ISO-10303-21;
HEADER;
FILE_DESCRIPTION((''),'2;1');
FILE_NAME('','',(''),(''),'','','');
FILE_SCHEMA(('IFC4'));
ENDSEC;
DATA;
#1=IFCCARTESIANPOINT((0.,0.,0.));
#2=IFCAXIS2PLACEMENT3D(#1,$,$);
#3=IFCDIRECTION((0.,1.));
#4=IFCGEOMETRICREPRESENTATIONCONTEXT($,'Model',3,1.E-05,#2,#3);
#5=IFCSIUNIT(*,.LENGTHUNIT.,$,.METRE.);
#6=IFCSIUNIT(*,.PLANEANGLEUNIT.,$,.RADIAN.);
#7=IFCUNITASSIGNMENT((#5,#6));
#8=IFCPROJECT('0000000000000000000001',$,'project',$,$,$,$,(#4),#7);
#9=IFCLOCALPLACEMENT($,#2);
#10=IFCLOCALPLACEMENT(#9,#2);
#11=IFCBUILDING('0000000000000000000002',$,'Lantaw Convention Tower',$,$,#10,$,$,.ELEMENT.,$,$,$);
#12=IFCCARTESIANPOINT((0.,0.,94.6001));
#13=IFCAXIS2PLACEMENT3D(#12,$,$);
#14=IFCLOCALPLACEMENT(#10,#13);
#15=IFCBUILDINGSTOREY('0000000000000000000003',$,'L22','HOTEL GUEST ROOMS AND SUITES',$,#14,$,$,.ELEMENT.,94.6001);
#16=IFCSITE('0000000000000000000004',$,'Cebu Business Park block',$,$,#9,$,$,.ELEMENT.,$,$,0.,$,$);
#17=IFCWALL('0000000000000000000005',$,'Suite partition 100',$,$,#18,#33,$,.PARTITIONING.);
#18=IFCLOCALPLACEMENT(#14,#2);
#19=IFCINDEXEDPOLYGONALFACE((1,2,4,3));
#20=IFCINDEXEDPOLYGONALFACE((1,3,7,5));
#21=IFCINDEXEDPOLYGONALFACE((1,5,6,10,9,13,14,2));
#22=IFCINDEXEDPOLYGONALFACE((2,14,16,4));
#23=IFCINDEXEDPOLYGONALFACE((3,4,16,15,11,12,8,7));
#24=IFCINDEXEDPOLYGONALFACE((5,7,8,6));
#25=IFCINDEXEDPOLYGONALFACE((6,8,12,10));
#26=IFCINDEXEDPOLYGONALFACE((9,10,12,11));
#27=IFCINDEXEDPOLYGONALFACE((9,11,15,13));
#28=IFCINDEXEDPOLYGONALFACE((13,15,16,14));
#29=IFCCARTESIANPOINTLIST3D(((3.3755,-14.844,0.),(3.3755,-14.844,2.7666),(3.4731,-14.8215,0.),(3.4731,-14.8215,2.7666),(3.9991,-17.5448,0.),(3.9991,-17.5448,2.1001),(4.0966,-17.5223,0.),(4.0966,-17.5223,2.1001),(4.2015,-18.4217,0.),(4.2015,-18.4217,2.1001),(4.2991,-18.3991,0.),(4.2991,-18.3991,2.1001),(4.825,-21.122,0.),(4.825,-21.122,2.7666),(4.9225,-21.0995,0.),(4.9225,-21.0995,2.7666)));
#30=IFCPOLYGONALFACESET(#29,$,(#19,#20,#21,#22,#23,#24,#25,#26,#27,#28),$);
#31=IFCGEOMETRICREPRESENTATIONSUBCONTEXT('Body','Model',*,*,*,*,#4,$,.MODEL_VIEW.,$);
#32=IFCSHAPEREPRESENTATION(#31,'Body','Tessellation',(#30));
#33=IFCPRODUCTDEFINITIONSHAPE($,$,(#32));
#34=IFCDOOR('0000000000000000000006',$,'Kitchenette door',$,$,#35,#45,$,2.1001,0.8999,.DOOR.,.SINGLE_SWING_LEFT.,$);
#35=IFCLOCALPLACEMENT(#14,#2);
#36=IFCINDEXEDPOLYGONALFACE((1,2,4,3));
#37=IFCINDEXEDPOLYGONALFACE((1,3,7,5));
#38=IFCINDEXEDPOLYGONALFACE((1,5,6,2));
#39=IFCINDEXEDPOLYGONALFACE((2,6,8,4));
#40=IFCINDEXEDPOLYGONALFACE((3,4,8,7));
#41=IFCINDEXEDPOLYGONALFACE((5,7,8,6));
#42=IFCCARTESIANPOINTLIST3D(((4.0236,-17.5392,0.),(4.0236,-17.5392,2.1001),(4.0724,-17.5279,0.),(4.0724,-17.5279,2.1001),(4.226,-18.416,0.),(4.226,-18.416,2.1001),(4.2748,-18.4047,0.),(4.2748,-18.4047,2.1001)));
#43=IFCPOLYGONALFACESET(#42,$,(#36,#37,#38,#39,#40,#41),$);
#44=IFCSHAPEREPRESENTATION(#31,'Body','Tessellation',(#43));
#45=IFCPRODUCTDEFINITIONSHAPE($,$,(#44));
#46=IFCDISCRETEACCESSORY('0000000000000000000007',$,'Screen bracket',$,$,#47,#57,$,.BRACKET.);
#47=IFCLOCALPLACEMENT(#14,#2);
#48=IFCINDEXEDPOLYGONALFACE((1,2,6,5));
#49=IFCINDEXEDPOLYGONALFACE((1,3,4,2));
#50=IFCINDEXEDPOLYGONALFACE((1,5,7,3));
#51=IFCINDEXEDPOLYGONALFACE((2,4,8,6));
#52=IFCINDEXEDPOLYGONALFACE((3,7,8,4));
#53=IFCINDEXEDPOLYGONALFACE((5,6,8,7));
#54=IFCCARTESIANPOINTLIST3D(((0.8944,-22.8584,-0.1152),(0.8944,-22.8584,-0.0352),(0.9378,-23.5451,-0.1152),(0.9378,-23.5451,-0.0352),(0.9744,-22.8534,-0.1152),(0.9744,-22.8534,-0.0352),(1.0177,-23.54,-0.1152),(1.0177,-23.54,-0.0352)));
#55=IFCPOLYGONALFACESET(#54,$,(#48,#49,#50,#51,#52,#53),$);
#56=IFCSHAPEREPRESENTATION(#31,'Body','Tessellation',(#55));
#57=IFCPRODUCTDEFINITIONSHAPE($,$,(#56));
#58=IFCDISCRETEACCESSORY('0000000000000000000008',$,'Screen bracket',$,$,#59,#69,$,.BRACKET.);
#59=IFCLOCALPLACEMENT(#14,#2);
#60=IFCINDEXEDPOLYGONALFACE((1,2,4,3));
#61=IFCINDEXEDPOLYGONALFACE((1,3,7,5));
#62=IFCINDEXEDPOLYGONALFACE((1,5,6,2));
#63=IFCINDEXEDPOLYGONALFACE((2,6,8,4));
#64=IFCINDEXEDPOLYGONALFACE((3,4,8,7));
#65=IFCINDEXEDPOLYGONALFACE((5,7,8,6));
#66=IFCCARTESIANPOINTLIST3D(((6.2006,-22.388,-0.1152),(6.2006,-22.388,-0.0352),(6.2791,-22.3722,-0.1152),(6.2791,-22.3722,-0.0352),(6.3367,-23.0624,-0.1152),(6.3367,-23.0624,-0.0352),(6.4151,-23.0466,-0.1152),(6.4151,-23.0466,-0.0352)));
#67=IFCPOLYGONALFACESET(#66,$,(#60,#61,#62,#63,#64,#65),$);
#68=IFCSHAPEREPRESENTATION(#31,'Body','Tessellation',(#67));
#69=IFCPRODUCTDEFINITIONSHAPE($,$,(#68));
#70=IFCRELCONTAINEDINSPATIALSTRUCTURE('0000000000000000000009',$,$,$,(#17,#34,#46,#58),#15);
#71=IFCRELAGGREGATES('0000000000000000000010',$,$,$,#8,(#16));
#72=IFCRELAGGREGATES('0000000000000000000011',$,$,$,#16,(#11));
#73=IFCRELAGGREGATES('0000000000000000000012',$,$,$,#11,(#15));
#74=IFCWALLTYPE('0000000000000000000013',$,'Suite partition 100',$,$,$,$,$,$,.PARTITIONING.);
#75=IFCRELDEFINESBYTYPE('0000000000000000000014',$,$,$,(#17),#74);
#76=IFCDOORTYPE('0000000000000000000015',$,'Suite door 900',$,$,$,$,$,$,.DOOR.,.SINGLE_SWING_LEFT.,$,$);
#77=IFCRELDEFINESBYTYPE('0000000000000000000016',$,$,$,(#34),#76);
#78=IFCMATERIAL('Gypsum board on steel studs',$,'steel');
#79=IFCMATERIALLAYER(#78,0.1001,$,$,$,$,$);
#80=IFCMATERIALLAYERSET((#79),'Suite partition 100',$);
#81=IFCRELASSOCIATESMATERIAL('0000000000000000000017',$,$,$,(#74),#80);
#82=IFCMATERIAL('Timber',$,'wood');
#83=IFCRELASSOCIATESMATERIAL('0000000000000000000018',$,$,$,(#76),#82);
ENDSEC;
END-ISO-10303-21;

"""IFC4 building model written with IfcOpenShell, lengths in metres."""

from ifc_helpers import new_model, si_unit, direction, frame, frame_2d, origin, origin_2d, place, context, subcontext, project, spatial, rectangle, extrude, material, layer, layer_set, type_object, element, fill, save


model = new_model("IFC4")

# Units and contexts
model_context = context("Model", 3, precision=1e-05, world=origin(), true_north=direction((0.0, 1.0)))
body_context = subcontext(model_context, "Body", "Model", "MODEL_VIEW")
ifc_project = project(units=[si_unit("LENGTHUNIT", "METRE"), si_unit("PLANEANGLEUNIT", "RADIAN")], contexts=[model_context])

# Site, building, storey
site_placement = place(None, origin())
site = spatial("IfcSite", under=ifc_project, at=site_placement, Name="Cebu Business Park block", CompositionType="ELEMENT", RefElevation=0.0)
building_placement = place(site_placement, origin())
building = spatial("IfcBuilding", under=site, at=building_placement, Name="Lantaw Convention Tower", CompositionType="ELEMENT")
storey_placement = place(building_placement, frame((0.0, 0.0, 94.6001)))
storey = spatial("IfcBuildingStorey", under=building, at=storey_placement, Name="L22", Description="HOTEL GUEST ROOMS AND SUITES", CompositionType="ELEMENT", Elevation=94.6001)

# Wall, opening, door
ifc_material_1 = material(Name="Gypsum board on steel studs", Category="steel")
ifc_layer_1 = layer(ifc_material_1, 0.1001)
ifc_layer_set_1 = layer_set([ifc_layer_1], Name="Suite partition 100")
wall_type_1 = type_object("IfcWallType", Name="Suite partition 100", PredefinedType="PARTITIONING", material=ifc_layer_set_1)
ifc_material_2 = material(Name="Timber", Category="wood")
door_type = type_object("IfcDoorType", Name="Suite door 900", OperationType="SINGLE_SWING_LEFT", PredefinedType="DOOR", material=ifc_material_2)
wall_1_placement = place(storey_placement, frame((4.8738, -21.1108, 0.0), z_axis=(0.0, 0.0, 1.0), x_axis=(-0.224959, 0.974368, 0.0)))
wall_1 = element("IfcWall", 1, at=wall_1_placement, inside=storey, type_object=wall_type_1, Name="Suite partition 100", PredefinedType="PARTITIONING", context=body_context, shape_type="SweptSolid", body=[
    extrude(rectangle(XDim=6.4431, YDim=0.1001, at=frame_2d((3.2217, 0.0))), origin(), (0.0, 0.0, 1.0), 2.7666),
])
opening_1_placement = place(wall_1_placement, frame((2.7715, 0.0, 0.0)))
opening_1 = element("IfcOpeningElement", 2, at=opening_1_placement, cuts=wall_1, PredefinedType="OPENING", context=body_context, shape_type="SweptSolid", body=[
    extrude(rectangle(XDim=0.8999, YDim=2.1001, at=frame_2d((0.45, 1.05))), frame((0.0, 0.0601, 0.0), z_axis=(0.0, -1.0, 0.0), x_axis=(1.0, 0.0, 0.0)), (0.0, 0.0, 1.0), 0.1201),
])
door_1_placement = place(opening_1_placement, origin())
door_1 = element("IfcDoor", 3, at=door_1_placement, inside=storey, type_object=door_type, Name="Kitchenette door", OperationType="SINGLE_SWING_LEFT", OverallHeight=2.1001, OverallWidth=0.8999, PredefinedType="DOOR", context=body_context, shape_type="SweptSolid", body=[
    extrude(rectangle(XDim=0.8999, YDim=2.1001, at=frame_2d((0.45, 1.05))), frame((0.0, 0.0249, 0.0), z_axis=(0.0, -1.0, 0.0), x_axis=(1.0, 0.0, 0.0)), (0.0, 0.0, 1.0), 0.05),
])
fill(opening_1, door_1)

# Discrete accessories
for number, where, z_axis, x_axis, name in (
    (4, (0.9561, -23.1992, -0.1152), (0.0, 0.0, 1.0), (0.998016, 0.062958, 0.0), "Screen bracket"),
    (5, (6.3079, -22.7173, -0.1152), (0.0, 0.0, 1.0), (0.980245, 0.197789, 0.0), "Screen bracket"),
):
    element("IfcDiscreteAccessory", number, at=place(storey_placement, frame(where, z_axis=z_axis, x_axis=x_axis)), inside=storey, Name=name, PredefinedType="BRACKET", context=body_context, shape_type="SweptSolid", body=[
        extrude(rectangle(XDim=0.0801, YDim=0.688, at=origin_2d()), origin(), (0.0, 0.0, 1.0), 0.0801),
    ])

save(model, "model.ifc")
